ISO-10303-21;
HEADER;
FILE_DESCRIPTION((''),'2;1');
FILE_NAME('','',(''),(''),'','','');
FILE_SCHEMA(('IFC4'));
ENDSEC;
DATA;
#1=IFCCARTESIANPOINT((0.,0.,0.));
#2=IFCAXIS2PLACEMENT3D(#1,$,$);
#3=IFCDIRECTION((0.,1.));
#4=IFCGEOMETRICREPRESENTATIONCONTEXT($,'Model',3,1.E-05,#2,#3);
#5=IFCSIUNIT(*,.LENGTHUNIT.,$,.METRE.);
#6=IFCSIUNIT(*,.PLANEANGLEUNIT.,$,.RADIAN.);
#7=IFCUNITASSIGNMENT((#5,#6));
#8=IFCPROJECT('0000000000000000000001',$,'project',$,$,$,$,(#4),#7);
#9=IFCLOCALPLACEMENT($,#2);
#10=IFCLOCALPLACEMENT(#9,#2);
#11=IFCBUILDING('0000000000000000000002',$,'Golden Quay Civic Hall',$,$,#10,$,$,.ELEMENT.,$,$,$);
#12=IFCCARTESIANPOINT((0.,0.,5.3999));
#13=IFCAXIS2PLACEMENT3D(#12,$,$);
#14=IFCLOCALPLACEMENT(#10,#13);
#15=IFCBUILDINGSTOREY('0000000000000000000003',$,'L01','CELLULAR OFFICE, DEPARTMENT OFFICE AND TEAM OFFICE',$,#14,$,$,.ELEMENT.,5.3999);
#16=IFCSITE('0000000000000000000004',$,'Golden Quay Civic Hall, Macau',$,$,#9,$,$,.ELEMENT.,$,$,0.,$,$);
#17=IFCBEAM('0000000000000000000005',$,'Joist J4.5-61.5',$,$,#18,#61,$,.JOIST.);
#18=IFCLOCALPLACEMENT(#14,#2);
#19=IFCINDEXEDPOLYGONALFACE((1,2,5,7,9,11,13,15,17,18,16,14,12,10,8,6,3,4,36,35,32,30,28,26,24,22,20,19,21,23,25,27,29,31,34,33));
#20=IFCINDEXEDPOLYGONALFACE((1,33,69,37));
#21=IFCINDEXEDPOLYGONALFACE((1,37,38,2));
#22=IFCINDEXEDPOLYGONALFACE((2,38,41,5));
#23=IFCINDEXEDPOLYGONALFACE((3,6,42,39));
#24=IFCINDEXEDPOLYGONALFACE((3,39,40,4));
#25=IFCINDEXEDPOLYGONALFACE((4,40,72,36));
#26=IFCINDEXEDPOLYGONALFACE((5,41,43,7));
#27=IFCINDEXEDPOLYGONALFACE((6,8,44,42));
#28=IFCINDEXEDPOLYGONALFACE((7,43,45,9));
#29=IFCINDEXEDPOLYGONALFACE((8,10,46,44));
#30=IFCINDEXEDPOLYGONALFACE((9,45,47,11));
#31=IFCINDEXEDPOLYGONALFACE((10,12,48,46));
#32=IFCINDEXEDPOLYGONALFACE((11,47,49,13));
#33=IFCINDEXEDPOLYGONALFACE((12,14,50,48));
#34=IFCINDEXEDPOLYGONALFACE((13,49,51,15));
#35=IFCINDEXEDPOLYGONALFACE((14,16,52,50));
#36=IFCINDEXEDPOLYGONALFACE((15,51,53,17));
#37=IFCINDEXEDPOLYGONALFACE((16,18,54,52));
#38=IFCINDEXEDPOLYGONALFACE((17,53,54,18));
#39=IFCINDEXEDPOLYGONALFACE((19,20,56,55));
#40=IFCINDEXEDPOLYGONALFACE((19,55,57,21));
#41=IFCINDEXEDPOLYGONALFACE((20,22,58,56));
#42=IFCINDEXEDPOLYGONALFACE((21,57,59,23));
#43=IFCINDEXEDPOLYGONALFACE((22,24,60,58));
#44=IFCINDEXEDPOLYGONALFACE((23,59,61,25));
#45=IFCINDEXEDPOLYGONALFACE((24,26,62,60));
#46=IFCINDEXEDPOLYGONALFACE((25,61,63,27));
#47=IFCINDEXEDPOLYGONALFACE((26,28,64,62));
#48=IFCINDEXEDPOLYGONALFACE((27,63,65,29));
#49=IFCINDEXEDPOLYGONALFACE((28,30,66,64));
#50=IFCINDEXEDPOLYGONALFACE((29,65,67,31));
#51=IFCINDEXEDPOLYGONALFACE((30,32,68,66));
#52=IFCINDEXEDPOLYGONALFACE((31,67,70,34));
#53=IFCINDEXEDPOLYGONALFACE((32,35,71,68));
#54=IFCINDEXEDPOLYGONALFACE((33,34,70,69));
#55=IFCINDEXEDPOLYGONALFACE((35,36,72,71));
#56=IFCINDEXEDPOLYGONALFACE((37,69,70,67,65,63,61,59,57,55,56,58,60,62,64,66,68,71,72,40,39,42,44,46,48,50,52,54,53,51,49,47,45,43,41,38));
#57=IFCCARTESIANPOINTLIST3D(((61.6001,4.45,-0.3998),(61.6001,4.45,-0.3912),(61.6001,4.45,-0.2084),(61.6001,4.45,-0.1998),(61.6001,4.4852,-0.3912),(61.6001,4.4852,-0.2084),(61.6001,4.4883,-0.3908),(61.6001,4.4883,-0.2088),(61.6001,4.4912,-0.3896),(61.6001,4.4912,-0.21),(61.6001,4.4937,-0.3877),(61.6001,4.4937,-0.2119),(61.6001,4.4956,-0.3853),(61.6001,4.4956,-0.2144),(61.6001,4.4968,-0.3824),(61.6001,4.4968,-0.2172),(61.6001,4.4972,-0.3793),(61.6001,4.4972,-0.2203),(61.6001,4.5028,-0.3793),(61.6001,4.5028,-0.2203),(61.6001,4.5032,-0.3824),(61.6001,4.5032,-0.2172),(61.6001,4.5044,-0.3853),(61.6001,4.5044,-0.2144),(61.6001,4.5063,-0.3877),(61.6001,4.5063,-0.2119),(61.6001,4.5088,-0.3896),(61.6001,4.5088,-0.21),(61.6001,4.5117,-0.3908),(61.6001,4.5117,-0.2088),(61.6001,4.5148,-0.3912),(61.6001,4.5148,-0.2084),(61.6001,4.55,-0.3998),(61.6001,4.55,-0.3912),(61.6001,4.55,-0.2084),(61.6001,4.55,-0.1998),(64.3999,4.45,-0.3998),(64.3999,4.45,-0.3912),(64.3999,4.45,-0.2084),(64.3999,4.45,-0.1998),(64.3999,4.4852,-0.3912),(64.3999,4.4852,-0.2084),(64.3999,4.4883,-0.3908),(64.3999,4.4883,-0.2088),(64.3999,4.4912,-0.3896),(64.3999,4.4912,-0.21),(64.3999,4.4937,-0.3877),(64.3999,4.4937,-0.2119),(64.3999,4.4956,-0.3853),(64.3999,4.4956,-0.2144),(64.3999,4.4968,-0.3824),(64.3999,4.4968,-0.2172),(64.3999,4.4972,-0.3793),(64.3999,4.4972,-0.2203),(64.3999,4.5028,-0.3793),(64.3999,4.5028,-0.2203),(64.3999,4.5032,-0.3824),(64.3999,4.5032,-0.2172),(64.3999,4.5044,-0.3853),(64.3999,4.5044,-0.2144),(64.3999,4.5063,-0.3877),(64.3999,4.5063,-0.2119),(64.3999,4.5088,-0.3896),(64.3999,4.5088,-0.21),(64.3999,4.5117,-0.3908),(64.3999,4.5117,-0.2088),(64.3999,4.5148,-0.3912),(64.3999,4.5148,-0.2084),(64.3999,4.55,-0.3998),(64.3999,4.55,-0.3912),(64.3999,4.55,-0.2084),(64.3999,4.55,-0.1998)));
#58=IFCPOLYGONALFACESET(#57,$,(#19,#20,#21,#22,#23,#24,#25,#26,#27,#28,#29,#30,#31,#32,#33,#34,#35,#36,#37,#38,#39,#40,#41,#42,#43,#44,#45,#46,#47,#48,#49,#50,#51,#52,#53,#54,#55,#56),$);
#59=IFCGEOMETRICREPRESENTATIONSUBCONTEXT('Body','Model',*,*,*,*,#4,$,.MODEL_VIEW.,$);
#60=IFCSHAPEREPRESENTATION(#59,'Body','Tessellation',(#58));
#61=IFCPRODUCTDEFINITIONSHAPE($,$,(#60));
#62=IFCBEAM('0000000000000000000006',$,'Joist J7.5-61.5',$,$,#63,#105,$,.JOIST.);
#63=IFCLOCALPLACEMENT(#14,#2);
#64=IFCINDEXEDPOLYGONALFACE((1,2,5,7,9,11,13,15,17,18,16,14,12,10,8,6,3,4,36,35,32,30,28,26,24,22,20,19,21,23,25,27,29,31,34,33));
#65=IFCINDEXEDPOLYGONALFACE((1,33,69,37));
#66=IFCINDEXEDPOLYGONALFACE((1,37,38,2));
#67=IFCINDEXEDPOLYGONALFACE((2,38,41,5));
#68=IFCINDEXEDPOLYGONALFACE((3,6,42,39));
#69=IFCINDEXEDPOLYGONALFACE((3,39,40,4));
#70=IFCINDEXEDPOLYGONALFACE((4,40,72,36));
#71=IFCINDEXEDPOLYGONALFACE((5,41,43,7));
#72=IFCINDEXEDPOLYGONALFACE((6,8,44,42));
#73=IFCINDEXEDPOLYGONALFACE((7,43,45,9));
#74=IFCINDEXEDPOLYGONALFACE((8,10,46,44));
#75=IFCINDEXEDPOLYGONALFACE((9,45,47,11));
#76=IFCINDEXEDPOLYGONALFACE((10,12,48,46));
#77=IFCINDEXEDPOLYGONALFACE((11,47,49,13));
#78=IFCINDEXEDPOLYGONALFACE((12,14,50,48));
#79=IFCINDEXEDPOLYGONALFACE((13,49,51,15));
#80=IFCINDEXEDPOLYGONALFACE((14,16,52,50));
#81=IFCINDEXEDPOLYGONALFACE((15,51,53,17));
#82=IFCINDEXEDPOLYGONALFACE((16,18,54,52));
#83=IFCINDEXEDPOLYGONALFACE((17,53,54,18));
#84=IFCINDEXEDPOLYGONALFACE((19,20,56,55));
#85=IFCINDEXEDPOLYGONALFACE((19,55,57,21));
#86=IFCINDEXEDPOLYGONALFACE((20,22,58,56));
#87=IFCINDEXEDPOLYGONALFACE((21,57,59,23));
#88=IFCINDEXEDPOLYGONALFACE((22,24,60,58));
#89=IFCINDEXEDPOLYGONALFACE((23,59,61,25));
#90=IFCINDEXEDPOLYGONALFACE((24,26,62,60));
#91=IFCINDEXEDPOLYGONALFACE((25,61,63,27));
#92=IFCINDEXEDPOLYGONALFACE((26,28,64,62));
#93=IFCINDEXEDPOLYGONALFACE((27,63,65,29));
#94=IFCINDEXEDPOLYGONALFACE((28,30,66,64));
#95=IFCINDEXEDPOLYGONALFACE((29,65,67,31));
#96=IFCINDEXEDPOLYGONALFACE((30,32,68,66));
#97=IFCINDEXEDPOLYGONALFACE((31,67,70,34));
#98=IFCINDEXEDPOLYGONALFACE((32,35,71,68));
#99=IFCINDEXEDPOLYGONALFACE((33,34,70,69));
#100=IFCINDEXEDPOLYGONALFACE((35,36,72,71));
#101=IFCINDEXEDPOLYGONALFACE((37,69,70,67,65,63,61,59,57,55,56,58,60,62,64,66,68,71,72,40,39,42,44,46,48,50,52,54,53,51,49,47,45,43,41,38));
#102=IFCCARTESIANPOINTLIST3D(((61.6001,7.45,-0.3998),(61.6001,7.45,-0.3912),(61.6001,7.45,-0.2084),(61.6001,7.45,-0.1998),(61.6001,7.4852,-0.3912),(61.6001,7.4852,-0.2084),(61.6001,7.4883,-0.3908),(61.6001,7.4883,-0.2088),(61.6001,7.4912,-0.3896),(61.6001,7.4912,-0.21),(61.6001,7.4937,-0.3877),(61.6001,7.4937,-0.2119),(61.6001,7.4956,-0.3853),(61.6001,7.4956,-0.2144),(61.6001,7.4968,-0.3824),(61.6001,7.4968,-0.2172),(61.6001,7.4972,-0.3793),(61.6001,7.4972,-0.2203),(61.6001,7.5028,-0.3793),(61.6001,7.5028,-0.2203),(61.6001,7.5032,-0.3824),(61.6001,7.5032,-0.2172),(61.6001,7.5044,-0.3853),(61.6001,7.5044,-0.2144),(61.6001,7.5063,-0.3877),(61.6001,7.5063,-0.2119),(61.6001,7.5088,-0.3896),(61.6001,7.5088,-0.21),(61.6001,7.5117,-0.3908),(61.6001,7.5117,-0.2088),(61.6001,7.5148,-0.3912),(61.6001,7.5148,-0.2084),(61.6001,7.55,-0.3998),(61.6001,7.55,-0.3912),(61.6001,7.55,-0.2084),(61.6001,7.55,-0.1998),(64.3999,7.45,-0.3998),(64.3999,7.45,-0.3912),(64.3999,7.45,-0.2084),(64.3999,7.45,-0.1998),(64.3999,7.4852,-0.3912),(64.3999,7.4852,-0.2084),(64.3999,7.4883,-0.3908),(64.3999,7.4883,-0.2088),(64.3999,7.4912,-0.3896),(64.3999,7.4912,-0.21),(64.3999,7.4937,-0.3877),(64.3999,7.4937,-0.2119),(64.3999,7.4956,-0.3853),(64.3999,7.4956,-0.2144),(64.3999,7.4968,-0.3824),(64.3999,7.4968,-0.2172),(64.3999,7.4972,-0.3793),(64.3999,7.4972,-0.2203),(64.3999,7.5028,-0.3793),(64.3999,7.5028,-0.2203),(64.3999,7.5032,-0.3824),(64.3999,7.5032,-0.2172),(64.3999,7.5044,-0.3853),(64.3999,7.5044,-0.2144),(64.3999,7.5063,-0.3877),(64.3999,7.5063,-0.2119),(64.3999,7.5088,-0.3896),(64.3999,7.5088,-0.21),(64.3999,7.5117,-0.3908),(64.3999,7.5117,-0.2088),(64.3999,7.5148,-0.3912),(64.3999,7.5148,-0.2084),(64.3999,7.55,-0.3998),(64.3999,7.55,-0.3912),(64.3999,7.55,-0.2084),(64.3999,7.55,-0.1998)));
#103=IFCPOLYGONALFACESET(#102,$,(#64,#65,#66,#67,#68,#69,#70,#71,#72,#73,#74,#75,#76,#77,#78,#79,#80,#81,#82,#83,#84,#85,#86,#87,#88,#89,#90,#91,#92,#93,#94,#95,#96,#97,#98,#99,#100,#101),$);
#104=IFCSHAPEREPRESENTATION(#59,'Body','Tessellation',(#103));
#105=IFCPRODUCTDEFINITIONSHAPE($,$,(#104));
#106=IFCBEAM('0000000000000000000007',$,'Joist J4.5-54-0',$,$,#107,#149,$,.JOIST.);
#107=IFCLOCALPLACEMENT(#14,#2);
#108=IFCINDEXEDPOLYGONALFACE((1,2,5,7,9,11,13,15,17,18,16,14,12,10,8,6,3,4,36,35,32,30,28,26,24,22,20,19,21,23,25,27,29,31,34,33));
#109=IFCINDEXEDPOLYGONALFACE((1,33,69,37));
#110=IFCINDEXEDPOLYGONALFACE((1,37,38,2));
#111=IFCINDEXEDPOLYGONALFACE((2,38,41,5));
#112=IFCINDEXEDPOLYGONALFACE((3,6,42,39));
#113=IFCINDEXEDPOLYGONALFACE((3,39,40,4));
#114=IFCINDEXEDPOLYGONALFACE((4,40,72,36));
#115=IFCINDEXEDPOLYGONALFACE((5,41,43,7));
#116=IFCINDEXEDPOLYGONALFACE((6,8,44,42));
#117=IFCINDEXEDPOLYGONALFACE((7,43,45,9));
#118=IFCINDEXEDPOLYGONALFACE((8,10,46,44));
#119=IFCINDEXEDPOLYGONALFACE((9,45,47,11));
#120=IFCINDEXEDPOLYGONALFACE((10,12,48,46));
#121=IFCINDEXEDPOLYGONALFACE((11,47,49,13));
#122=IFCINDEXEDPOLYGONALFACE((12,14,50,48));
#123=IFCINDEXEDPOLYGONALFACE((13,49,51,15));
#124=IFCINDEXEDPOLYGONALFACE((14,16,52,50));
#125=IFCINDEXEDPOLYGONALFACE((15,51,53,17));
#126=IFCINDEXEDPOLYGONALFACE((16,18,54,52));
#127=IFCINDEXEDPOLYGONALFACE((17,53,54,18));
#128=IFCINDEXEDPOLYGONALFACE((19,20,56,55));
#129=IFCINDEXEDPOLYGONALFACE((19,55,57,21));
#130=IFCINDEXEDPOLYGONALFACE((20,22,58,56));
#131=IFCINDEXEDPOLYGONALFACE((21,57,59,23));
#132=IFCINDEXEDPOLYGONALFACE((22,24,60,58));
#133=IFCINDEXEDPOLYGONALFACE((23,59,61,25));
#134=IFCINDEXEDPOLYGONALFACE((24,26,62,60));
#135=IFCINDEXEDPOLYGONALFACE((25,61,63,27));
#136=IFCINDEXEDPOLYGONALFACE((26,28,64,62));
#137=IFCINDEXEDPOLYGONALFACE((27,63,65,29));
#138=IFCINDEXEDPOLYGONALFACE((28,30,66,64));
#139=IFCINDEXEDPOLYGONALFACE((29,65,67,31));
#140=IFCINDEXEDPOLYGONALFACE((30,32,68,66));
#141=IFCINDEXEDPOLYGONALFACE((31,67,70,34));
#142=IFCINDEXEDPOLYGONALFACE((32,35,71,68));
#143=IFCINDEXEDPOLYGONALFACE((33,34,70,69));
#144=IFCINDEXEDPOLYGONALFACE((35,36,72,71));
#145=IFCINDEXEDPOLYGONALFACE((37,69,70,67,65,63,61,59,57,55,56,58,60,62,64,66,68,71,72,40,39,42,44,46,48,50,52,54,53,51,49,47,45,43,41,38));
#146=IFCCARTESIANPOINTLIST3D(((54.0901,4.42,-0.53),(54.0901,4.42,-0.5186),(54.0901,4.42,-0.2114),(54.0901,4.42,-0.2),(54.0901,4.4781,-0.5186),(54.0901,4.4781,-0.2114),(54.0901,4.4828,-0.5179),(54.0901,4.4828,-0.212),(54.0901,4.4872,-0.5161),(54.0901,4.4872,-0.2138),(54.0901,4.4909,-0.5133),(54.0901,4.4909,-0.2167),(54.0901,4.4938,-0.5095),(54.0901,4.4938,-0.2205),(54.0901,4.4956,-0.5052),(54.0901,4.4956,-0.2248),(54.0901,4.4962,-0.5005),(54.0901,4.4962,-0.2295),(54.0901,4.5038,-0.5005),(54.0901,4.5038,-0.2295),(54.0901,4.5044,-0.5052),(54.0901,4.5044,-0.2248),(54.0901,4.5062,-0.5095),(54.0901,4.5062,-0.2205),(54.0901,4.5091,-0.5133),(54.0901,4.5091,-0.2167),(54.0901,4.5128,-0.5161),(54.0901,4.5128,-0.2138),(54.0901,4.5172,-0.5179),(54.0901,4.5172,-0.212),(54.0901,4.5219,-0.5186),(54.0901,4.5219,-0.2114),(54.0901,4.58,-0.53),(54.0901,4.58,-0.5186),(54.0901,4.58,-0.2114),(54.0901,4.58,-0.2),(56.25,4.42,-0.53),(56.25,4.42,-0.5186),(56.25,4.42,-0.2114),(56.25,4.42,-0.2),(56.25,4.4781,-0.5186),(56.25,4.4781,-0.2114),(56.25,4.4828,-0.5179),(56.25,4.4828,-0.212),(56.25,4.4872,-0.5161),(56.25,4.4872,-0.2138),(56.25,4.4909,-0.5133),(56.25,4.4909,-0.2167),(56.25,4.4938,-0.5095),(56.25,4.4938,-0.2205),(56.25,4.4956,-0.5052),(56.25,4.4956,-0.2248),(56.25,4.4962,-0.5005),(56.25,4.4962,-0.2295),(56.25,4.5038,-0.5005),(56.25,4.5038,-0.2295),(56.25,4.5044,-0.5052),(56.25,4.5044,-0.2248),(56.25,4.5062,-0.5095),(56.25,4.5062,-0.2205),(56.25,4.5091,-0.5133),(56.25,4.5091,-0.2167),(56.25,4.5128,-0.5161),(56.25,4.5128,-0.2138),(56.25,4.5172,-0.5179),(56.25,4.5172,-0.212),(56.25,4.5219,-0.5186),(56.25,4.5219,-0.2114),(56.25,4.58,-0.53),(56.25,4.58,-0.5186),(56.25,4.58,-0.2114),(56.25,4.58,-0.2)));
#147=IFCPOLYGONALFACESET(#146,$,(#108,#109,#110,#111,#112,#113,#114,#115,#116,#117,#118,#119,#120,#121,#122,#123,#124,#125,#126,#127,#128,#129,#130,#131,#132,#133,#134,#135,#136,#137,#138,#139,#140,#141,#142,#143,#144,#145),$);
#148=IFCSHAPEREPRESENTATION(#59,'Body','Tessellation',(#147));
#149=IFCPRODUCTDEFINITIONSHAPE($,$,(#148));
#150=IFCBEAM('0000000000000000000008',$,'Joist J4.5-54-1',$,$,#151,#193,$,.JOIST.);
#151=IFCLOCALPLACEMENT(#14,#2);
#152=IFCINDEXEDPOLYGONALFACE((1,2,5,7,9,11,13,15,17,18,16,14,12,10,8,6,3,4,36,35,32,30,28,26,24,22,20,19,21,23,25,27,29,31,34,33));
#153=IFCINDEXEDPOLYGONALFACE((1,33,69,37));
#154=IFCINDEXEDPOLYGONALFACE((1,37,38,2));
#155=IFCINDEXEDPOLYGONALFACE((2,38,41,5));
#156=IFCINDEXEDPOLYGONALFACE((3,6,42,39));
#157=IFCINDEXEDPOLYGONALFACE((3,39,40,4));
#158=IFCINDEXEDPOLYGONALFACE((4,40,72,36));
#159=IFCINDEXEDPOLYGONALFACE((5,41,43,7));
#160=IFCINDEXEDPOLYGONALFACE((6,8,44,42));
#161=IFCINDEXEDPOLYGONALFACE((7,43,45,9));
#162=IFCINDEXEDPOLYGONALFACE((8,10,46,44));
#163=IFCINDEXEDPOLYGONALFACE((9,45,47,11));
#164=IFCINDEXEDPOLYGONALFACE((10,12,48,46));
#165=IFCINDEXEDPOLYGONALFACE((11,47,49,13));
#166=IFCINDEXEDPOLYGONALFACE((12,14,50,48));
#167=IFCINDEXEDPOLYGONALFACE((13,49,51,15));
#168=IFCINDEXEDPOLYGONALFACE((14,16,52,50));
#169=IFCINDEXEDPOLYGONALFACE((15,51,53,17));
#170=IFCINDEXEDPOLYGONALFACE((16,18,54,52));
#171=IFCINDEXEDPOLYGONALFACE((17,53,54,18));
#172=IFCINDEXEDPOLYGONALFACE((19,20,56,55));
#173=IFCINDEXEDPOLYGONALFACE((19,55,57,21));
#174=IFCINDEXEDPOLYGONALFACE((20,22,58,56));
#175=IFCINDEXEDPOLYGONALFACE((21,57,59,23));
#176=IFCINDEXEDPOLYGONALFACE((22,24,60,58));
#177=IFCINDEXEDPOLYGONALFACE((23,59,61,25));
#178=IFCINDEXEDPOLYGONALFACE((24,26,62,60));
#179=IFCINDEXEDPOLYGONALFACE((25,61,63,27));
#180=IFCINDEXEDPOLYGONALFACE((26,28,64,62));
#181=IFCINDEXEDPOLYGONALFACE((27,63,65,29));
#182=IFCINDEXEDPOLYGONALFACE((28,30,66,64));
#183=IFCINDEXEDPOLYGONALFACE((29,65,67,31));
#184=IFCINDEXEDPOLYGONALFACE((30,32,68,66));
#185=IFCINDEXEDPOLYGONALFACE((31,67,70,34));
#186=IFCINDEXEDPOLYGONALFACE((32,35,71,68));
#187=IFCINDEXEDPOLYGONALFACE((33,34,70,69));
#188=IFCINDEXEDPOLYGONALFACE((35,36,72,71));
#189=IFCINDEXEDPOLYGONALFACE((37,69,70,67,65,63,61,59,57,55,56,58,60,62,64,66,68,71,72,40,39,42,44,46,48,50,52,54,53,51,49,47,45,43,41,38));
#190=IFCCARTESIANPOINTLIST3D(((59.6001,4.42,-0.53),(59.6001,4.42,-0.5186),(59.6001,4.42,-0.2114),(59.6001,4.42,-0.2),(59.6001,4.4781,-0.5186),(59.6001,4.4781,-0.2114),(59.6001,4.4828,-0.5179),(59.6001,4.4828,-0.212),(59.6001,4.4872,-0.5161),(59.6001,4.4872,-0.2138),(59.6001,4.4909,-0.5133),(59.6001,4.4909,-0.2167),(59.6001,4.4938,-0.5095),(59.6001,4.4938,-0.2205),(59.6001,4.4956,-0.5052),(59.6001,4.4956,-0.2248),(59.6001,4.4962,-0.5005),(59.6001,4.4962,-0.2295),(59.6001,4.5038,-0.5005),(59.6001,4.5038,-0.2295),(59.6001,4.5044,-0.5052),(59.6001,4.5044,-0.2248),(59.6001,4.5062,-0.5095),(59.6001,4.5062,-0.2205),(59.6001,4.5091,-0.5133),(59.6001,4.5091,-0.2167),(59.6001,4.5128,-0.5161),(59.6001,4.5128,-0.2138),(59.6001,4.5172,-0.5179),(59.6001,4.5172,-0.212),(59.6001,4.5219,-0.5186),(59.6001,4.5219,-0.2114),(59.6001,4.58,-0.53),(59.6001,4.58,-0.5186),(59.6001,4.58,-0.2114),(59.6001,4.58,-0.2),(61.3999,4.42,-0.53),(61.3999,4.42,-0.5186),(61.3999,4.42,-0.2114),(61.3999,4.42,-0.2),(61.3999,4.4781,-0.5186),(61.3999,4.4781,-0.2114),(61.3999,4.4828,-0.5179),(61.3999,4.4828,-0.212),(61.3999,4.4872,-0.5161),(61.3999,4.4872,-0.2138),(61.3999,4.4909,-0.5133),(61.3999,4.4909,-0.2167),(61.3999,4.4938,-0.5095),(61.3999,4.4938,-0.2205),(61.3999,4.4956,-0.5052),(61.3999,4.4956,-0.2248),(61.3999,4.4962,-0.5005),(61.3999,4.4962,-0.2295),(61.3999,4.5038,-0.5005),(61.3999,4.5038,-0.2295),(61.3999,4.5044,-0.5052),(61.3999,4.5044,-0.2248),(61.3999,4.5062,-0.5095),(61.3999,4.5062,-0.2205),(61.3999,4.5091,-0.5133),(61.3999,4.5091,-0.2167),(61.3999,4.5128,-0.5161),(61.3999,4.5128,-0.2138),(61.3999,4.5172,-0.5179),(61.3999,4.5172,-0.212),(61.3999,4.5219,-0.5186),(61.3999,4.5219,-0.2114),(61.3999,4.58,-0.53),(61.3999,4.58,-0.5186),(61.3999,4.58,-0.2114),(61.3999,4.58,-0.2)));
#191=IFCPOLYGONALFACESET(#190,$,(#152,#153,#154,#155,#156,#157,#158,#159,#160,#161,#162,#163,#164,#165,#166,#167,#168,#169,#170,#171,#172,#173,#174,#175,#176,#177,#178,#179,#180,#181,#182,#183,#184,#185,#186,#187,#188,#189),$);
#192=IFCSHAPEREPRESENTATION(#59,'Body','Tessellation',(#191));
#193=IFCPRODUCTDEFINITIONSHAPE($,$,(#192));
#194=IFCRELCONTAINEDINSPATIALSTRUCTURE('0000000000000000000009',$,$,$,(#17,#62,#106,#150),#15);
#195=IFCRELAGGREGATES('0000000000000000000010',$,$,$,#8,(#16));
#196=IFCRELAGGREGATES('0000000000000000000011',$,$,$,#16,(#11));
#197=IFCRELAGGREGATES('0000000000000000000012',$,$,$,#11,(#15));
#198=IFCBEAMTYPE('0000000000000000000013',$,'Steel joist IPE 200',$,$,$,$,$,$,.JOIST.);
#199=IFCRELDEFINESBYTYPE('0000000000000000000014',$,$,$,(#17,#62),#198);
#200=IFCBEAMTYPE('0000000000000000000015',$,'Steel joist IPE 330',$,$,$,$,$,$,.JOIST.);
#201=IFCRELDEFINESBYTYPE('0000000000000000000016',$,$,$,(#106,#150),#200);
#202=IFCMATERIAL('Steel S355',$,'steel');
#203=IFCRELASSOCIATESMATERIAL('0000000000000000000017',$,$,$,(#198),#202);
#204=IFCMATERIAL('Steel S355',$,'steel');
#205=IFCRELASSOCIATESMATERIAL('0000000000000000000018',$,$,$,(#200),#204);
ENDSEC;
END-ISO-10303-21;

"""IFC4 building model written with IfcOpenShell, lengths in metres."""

from ifc_helpers import new_model, si_unit, direction, frame, origin, origin_2d, place, context, subcontext, project, spatial, i_section, extrude, material, material_profile, profile_set, type_object, element, save


model = new_model("IFC4")

# Units and contexts
model_context = context("Model", 3, precision=1e-05, world=origin(), true_north=direction((0.0, 1.0)))
body_context = subcontext(model_context, "Body", "Model", "MODEL_VIEW")
ifc_project = project(units=[si_unit("LENGTHUNIT", "METRE"), si_unit("PLANEANGLEUNIT", "RADIAN")], contexts=[model_context])

# Site, building, storey
site_placement = place(None, origin())
site = spatial("IfcSite", under=ifc_project, at=site_placement, Name="Golden Quay Civic Hall, Macau", CompositionType="ELEMENT", RefElevation=0.0)
building_placement = place(site_placement, origin())
building = spatial("IfcBuilding", under=site, at=building_placement, Name="Golden Quay Civic Hall", CompositionType="ELEMENT")
storey_placement = place(building_placement, frame((0.0, 0.0, 5.3999)))
storey = spatial("IfcBuildingStorey", under=building, at=storey_placement, Name="L01", Description="CELLULAR OFFICE, DEPARTMENT OFFICE AND TEAM OFFICE", CompositionType="ELEMENT", Elevation=5.3999)

# Beams
ifc_material_1 = material(Name="Steel S355", Category="steel")
ifc_material_profile_1 = material_profile(ifc_material_1, i_section(OverallWidth=0.1001, OverallDepth=0.2, WebThickness=0.0056, FlangeThickness=0.0085, FilletRadius=0.012, at=origin_2d()), Name="IPE 200")
ifc_profile_set_1 = profile_set([ifc_material_profile_1], Name="Steel S355")
beam_type_1 = type_object("IfcBeamType", Name="Steel joist IPE 200", PredefinedType="JOIST", material=ifc_profile_set_1)
for number, where, z_axis, x_axis, name in (
    (1, (61.6001, 4.5, -0.2998), (1.0, 0.0, 0.0), (0.0, 1.0, 0.0), "Joist J4.5-61.5"),
    (2, (61.6001, 7.5, -0.2998), (1.0, 0.0, 0.0), (0.0, 1.0, 0.0), "Joist J7.5-61.5"),
):
    element("IfcBeam", number, at=place(storey_placement, frame(where, z_axis=z_axis, x_axis=x_axis)), inside=storey, type_object=beam_type_1, Name=name, PredefinedType="JOIST", context=body_context, shape_type="SweptSolid", body=[
        extrude(i_section(OverallWidth=0.1001, OverallDepth=0.2, WebThickness=0.0056, FlangeThickness=0.0085, FilletRadius=0.012, at=origin_2d()), origin(), (0.0, 0.0, 1.0), 2.7998),
    ])
ifc_material_2 = material(Name="Steel S355", Category="steel")
ifc_material_profile_2 = material_profile(ifc_material_2, i_section(OverallWidth=0.1599, OverallDepth=0.3301, WebThickness=0.0076, FlangeThickness=0.0115, FilletRadius=0.0181, at=origin_2d()), Name="IPE 330")
ifc_profile_set_2 = profile_set([ifc_material_profile_2], Name="Steel S355")
beam_type_2 = type_object("IfcBeamType", Name="Steel joist IPE 330", PredefinedType="JOIST", material=ifc_profile_set_2)
beam_1_placement = place(storey_placement, frame((54.0901, 4.5, -0.365), z_axis=(1.0, 0.0, 0.0), x_axis=(0.0, 1.0, 0.0)))
element("IfcBeam", 3, at=beam_1_placement, inside=storey, type_object=beam_type_2, Name="Joist J4.5-54-0", PredefinedType="JOIST", context=body_context, shape_type="SweptSolid", body=[
    extrude(i_section(OverallWidth=0.1599, OverallDepth=0.3301, WebThickness=0.0076, FlangeThickness=0.0115, FilletRadius=0.0181, at=origin_2d()), origin(), (0.0, 0.0, 1.0), 2.1599),
])
beam_2_placement = place(storey_placement, frame((59.6001, 4.5, -0.365), z_axis=(1.0, 0.0, 0.0), x_axis=(0.0, 1.0, 0.0)))
element("IfcBeam", 4, at=beam_2_placement, inside=storey, type_object=beam_type_2, Name="Joist J4.5-54-1", PredefinedType="JOIST", context=body_context, shape_type="SweptSolid", body=[
    extrude(i_section(OverallWidth=0.1599, OverallDepth=0.3301, WebThickness=0.0076, FlangeThickness=0.0115, FilletRadius=0.0181, at=origin_2d()), origin(), (0.0, 0.0, 1.0), 1.7998),
])

save(model, "model.ifc")
